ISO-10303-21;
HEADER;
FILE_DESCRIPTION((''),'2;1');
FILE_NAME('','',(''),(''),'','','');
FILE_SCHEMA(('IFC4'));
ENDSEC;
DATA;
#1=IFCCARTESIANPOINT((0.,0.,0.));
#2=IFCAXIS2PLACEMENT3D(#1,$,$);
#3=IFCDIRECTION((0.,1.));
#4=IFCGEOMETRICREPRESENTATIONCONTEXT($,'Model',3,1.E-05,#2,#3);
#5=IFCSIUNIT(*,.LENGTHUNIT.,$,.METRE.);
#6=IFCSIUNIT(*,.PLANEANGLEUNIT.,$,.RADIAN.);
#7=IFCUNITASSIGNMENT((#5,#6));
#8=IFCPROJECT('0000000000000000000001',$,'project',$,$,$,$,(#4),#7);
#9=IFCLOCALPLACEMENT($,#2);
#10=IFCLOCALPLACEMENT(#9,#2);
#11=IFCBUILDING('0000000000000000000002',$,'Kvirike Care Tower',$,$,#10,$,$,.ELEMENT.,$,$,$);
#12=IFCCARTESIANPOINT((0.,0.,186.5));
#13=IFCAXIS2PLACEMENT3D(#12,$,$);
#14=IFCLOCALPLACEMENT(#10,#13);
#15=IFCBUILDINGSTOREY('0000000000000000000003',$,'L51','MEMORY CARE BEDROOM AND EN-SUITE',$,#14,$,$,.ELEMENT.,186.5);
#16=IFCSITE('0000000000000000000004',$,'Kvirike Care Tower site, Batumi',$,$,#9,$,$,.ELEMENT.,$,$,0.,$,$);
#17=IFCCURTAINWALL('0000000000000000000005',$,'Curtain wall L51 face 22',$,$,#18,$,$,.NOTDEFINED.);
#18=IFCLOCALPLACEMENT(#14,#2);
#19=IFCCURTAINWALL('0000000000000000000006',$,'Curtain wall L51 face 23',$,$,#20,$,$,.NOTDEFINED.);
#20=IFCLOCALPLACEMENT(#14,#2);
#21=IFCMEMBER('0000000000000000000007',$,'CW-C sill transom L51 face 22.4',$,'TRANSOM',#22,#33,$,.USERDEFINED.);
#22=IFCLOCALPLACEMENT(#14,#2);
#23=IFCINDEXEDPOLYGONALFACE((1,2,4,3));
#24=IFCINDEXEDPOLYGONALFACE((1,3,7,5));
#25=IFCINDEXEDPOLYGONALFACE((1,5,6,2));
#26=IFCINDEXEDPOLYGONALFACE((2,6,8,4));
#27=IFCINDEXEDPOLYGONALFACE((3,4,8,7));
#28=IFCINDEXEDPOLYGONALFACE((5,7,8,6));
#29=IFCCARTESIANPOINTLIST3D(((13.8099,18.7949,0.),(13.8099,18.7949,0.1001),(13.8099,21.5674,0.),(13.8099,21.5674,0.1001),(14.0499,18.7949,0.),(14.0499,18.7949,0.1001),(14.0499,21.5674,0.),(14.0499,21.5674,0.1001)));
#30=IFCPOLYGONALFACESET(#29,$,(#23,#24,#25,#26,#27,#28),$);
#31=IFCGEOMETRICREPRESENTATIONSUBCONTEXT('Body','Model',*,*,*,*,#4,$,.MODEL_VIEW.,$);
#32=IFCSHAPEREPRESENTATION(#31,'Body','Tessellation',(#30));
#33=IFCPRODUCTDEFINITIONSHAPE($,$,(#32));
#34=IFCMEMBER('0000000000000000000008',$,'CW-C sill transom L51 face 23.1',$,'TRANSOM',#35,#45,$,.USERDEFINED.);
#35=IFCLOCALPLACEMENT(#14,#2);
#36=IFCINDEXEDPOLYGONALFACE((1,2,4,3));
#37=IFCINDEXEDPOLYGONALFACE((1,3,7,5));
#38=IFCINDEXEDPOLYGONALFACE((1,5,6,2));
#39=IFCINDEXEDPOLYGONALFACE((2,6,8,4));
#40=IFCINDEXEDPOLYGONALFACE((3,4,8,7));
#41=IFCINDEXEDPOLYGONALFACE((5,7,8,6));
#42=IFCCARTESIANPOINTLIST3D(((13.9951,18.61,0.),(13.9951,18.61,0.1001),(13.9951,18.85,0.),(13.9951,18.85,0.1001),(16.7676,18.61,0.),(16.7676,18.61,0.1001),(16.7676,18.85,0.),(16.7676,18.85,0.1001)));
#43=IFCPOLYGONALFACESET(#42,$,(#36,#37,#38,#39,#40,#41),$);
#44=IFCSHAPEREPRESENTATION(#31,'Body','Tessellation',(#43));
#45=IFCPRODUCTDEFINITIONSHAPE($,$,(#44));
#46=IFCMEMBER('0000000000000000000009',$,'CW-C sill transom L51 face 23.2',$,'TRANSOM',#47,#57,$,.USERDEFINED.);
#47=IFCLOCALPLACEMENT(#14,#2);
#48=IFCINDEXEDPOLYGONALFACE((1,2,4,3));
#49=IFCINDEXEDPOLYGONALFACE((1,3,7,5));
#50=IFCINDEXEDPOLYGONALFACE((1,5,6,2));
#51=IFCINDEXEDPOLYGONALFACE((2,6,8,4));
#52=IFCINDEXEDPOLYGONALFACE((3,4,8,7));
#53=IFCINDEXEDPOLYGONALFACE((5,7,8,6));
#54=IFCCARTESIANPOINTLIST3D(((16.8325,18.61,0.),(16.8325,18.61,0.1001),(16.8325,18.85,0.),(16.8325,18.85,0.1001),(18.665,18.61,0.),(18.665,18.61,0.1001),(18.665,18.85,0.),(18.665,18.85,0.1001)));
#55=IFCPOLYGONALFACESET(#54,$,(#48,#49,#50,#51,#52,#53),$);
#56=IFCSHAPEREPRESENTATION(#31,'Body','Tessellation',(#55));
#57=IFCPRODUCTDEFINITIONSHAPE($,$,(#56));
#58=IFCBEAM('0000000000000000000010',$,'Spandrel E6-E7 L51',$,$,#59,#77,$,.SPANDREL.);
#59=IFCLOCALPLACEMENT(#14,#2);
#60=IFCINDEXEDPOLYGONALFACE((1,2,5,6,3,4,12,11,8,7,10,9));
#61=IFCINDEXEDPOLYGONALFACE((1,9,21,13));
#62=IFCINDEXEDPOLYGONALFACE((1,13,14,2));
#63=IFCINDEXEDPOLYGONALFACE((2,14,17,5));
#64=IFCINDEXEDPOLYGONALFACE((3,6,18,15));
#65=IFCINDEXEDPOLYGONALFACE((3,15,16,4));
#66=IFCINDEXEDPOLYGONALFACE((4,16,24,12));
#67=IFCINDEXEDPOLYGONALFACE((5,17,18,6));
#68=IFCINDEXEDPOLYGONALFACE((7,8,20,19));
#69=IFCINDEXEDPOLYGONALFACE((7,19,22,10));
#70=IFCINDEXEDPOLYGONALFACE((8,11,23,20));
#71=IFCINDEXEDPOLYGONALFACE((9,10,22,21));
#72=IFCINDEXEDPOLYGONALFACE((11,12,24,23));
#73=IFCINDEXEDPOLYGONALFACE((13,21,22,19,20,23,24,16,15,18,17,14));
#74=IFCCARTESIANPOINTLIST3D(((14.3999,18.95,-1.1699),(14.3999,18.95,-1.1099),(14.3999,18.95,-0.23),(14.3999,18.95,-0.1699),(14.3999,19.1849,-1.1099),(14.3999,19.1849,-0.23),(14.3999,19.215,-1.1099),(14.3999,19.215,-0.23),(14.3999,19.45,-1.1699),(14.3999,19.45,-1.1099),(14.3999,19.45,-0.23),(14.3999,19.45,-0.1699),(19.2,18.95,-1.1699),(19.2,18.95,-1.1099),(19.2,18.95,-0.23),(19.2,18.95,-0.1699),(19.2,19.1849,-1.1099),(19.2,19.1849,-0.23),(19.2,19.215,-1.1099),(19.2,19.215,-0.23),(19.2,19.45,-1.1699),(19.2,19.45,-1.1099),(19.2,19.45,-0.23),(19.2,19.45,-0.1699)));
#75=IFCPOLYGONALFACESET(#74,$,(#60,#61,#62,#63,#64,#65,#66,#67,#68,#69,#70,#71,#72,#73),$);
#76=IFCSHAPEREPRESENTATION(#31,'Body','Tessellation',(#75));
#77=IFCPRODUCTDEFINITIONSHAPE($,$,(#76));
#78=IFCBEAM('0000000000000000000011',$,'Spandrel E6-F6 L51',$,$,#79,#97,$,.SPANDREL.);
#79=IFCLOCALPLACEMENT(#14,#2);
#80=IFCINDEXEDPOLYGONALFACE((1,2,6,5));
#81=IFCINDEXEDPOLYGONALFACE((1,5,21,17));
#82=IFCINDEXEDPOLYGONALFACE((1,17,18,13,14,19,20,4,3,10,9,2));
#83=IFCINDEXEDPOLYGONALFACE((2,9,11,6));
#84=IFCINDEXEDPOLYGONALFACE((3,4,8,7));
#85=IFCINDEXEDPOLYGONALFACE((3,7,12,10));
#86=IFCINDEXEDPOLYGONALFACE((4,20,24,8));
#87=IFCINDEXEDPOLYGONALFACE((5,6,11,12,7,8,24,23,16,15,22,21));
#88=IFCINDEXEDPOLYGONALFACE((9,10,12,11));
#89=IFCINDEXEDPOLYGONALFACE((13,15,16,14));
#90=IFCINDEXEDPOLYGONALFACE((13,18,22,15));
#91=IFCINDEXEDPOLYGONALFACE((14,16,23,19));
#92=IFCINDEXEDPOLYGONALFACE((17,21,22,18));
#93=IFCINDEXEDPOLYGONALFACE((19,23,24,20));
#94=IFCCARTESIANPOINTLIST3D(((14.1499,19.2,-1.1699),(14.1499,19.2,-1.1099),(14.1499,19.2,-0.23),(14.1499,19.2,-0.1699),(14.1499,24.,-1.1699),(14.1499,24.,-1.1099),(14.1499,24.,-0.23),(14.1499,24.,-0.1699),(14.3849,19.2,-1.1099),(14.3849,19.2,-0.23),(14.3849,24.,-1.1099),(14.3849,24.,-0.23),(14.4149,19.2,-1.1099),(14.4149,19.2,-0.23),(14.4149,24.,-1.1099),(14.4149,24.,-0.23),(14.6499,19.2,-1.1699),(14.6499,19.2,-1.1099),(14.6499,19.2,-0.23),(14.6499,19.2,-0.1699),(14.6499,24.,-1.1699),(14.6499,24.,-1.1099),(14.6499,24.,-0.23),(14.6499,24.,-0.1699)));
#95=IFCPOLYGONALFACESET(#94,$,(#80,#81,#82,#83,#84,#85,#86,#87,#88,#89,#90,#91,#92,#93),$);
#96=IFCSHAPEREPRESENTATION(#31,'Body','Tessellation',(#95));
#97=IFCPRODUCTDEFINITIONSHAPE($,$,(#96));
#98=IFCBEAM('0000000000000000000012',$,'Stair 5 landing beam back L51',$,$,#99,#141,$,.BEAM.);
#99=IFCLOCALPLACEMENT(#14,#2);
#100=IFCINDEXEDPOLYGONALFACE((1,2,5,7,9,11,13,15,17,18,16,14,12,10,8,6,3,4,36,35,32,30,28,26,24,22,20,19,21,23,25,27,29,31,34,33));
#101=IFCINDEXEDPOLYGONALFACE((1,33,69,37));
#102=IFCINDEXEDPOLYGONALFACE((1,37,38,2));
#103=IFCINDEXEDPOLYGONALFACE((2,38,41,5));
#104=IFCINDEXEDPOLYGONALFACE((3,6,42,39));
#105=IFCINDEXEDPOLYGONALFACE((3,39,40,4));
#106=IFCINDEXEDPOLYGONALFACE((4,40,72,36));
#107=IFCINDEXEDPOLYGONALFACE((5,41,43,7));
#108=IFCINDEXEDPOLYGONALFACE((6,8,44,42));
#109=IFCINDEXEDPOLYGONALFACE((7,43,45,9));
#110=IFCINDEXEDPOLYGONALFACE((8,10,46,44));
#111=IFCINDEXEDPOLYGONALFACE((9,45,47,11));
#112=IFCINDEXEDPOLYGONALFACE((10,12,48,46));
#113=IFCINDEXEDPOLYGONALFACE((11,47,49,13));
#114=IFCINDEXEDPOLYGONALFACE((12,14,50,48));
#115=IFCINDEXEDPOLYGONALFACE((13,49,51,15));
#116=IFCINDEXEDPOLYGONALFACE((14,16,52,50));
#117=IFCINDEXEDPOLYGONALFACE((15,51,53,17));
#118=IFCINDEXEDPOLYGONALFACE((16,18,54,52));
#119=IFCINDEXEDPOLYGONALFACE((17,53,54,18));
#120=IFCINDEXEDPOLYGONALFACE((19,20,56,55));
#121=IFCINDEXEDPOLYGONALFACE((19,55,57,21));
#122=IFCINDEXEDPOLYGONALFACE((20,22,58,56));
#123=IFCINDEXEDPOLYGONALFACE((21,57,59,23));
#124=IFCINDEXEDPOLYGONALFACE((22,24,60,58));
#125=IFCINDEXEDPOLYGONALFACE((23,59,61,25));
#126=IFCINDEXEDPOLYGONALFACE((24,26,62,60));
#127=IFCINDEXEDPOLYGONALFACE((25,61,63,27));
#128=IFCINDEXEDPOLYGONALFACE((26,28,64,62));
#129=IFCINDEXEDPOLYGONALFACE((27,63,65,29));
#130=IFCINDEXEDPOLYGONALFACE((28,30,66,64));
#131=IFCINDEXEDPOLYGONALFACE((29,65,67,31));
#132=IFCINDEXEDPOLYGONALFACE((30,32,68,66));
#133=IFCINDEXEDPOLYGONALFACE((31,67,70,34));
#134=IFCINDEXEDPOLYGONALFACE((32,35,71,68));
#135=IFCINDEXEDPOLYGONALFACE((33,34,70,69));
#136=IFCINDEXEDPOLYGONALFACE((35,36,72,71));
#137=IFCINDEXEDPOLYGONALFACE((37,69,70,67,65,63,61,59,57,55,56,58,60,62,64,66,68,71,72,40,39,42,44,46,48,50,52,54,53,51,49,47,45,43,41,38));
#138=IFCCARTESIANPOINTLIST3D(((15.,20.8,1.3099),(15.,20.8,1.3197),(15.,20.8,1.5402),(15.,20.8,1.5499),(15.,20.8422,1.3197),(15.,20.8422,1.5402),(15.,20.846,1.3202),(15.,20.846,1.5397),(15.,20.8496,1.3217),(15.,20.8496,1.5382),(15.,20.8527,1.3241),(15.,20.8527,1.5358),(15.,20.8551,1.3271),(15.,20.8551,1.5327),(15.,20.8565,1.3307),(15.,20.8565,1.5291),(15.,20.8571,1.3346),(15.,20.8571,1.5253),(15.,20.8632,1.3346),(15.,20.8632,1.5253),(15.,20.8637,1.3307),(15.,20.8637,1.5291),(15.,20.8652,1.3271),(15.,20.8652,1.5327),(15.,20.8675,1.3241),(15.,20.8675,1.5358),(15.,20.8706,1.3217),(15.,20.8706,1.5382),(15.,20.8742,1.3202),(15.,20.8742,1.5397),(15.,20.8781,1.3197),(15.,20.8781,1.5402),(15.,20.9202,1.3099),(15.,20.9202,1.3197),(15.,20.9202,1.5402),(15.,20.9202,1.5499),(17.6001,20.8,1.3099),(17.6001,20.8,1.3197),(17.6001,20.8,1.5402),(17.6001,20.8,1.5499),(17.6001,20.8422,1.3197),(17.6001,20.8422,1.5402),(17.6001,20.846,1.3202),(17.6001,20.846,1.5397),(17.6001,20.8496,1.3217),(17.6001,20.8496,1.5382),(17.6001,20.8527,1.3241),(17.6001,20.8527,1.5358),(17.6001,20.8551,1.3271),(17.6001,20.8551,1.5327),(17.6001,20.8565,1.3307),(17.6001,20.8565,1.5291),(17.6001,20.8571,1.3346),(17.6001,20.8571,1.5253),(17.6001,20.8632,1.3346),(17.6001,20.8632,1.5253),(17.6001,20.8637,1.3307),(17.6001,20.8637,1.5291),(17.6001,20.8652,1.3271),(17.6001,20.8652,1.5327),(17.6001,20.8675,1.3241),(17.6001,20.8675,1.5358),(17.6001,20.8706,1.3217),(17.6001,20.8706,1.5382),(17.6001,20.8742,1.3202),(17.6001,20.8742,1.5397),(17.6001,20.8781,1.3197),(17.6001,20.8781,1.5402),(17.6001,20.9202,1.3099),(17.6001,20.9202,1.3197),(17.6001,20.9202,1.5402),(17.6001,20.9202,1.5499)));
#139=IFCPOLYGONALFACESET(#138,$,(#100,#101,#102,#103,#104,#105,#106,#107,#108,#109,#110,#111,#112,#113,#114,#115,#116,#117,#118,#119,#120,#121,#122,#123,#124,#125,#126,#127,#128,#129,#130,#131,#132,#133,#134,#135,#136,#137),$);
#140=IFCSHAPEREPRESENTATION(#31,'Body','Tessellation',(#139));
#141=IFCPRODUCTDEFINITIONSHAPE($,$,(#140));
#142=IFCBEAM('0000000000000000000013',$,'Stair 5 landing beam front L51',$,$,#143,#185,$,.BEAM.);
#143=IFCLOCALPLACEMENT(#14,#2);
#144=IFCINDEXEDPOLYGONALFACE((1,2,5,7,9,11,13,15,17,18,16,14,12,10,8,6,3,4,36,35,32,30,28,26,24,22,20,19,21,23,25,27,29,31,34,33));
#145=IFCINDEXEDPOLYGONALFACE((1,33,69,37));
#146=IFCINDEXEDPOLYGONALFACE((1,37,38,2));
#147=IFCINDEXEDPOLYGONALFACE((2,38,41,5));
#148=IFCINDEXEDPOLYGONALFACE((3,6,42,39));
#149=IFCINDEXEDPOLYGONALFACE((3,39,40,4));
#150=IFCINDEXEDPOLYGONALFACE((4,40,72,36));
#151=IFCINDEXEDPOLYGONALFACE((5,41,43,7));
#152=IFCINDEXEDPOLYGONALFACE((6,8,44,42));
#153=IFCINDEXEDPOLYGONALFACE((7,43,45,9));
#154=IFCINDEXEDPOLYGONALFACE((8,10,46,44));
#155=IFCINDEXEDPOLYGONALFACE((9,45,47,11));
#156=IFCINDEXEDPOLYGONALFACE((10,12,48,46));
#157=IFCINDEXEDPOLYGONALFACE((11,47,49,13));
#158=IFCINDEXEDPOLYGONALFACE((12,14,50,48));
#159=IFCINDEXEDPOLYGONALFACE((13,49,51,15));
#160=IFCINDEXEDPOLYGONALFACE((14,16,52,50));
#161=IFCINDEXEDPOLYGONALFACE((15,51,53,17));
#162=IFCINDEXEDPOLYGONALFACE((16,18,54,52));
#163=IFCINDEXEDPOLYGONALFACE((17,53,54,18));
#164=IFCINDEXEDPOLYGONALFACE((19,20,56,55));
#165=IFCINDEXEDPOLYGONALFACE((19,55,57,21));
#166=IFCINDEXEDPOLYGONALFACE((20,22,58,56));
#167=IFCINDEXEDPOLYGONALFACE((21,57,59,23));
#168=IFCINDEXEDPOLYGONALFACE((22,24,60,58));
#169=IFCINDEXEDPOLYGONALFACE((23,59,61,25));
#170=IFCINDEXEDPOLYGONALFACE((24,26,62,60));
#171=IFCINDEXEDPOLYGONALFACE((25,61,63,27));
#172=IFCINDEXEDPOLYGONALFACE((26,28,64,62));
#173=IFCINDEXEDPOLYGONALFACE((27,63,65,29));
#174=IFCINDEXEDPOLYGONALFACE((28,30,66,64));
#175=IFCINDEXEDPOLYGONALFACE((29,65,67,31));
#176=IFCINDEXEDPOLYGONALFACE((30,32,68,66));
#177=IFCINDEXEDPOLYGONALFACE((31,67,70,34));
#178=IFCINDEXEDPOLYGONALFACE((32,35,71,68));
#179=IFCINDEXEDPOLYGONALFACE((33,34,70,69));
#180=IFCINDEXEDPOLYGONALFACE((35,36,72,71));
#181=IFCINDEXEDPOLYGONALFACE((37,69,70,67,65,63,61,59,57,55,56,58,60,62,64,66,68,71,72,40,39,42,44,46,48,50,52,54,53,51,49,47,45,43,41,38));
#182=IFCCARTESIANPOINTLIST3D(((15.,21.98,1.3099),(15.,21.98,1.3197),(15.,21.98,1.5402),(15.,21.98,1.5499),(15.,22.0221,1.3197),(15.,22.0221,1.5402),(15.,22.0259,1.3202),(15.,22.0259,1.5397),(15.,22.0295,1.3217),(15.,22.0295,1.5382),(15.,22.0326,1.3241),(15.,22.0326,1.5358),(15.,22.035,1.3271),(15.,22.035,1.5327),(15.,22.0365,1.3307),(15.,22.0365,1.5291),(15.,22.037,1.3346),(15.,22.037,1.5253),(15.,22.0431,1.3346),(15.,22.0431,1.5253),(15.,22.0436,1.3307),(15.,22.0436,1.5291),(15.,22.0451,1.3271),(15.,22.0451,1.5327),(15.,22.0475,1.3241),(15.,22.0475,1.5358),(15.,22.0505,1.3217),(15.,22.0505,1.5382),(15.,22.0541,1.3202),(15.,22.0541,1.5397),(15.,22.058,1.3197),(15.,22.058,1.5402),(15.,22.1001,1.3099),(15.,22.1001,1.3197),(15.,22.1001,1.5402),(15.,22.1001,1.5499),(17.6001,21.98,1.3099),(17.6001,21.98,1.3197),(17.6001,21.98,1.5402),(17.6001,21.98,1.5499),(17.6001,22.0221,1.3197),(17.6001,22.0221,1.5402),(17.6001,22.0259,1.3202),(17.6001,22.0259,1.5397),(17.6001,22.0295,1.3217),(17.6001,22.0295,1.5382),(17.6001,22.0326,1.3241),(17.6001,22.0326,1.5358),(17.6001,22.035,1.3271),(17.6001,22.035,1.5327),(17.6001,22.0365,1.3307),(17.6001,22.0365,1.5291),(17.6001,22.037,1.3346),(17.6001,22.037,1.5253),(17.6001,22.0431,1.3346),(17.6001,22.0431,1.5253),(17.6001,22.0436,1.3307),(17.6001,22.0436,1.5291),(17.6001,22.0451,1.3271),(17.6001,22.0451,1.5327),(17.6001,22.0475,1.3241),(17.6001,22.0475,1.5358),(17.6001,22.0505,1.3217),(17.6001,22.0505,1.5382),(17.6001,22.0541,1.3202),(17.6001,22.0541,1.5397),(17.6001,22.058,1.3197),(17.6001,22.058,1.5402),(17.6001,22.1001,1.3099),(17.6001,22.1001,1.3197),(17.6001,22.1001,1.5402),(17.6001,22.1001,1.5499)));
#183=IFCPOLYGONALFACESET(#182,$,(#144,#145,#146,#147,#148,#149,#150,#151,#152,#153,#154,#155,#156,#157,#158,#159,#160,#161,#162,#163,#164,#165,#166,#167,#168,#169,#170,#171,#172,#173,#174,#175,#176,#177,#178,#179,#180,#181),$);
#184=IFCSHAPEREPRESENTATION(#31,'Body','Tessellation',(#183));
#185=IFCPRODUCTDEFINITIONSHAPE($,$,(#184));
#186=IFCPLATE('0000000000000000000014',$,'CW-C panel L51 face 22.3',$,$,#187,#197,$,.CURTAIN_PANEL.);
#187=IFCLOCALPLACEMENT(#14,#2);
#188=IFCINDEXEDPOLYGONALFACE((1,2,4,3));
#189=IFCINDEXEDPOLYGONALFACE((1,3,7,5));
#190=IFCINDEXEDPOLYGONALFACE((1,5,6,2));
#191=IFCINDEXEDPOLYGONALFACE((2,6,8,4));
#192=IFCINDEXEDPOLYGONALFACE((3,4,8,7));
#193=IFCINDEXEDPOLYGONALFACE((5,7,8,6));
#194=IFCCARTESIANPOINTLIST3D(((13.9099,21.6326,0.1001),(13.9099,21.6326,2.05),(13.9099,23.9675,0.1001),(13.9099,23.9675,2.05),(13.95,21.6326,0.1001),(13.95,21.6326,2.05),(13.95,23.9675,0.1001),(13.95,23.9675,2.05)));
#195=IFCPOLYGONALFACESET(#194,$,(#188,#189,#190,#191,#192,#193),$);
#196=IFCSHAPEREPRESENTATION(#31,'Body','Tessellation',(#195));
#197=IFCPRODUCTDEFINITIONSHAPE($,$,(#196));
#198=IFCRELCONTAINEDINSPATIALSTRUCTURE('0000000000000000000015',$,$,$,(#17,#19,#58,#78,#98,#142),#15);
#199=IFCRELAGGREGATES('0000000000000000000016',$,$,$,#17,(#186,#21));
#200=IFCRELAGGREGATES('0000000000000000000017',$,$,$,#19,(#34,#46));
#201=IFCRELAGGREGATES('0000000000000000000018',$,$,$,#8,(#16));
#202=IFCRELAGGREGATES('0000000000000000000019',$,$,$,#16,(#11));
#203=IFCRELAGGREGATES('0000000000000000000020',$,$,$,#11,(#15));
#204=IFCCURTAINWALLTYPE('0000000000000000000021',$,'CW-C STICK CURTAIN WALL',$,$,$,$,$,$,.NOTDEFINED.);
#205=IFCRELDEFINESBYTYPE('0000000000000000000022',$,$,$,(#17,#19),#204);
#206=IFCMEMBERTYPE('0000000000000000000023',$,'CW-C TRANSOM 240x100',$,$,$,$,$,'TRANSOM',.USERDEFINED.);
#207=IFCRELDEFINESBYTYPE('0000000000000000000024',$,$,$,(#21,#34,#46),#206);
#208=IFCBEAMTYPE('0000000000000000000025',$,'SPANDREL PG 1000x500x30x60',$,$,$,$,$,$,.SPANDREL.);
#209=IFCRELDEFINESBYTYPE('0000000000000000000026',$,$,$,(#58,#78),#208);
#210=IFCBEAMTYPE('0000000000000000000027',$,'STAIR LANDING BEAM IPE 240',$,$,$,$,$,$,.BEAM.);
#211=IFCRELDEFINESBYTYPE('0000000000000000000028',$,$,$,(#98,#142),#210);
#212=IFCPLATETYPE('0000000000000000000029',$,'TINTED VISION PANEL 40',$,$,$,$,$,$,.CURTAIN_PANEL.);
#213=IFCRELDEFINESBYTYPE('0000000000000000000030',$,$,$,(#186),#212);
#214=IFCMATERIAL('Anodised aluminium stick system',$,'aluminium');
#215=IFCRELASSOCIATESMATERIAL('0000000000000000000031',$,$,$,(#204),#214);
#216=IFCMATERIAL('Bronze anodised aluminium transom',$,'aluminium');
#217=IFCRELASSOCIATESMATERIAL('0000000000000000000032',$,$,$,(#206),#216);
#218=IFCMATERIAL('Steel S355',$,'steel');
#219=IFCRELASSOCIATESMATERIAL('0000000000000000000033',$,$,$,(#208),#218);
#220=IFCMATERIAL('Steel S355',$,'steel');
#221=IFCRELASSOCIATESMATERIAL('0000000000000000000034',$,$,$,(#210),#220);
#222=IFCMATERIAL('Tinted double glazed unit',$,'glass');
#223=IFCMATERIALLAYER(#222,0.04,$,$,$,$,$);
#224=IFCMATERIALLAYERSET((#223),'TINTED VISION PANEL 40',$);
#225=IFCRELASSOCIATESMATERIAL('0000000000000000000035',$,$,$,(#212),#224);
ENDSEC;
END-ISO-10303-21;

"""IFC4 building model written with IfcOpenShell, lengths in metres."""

from ifc_helpers import new_model, si_unit, direction, frame, origin, origin_2d, place, context, subcontext, project, spatial, rectangle, i_section, extrude, material, layer, layer_set, material_profile, profile_set, type_object, element, aggregate, save


model = new_model("IFC4")

# Units and contexts
model_context = context("Model", 3, precision=1e-05, world=origin(), true_north=direction((0.0, 1.0)))
body_context = subcontext(model_context, "Body", "Model", "MODEL_VIEW")
ifc_project = project(units=[si_unit("LENGTHUNIT", "METRE"), si_unit("PLANEANGLEUNIT", "RADIAN")], contexts=[model_context])

# Site, building, storey
site_placement = place(None, origin())
site = spatial("IfcSite", under=ifc_project, at=site_placement, Name="Kvirike Care Tower site, Batumi", CompositionType="ELEMENT", RefElevation=0.0)
building_placement = place(site_placement, origin())
building = spatial("IfcBuilding", under=site, at=building_placement, Name="Kvirike Care Tower", CompositionType="ELEMENT")
storey_placement = place(building_placement, frame((0.0, 0.0, 186.5)))
storey = spatial("IfcBuildingStorey", under=building, at=storey_placement, Name="L51", Description="MEMORY CARE BEDROOM AND EN-SUITE", CompositionType="ELEMENT", Elevation=186.5)

# Curtain walls
ifc_material_1 = material(Name="Anodised aluminium stick system", Category="aluminium")
curtain_wall_type = type_object("IfcCurtainWallType", Name="CW-C STICK CURTAIN WALL", PredefinedType="NOTDEFINED", material=ifc_material_1)
curtain_wall_1_placement = place(storey_placement, origin())
curtain_wall_1 = element("IfcCurtainWall", 1, at=curtain_wall_1_placement, inside=storey, type_object=curtain_wall_type, Name="Curtain wall L51 face 22", PredefinedType="NOTDEFINED")
curtain_wall_2_placement = place(storey_placement, origin())
curtain_wall_2 = element("IfcCurtainWall", 2, at=curtain_wall_2_placement, inside=storey, type_object=curtain_wall_type, Name="Curtain wall L51 face 23", PredefinedType="NOTDEFINED")

# Members
ifc_material_2 = material(Name="Bronze anodised aluminium transom", Category="aluminium")
ifc_material_profile_1 = material_profile(ifc_material_2, rectangle(XDim=0.24, YDim=0.1001, at=origin_2d()), Name="CW-C TRANSOM 240x100")
ifc_profile_set_1 = profile_set([ifc_material_profile_1], Name="Bronze anodised aluminium transom")
member_type_1 = type_object("IfcMemberType", Name="CW-C TRANSOM 240x100", ElementType="TRANSOM", PredefinedType="USERDEFINED", material=ifc_profile_set_1)
member_1_placement = place(storey_placement, frame((13.9299, 21.5674, 0.05), z_axis=(0.0, -1.0, 0.0), x_axis=(1.0, 0.0, 0.0)))
member_1 = element("IfcMember", 3, at=member_1_placement, type_object=member_type_1, Name="CW-C sill transom L51 face 22.4", ObjectType="TRANSOM", PredefinedType="USERDEFINED", context=body_context, shape_type="SweptSolid", body=[
    extrude(rectangle(XDim=0.24, YDim=0.1001, at=origin_2d()), origin(), (0.0, 0.0, 1.0), 2.7725),
])
member_2_placement = place(storey_placement, frame((13.9951, 18.73, 0.05), z_axis=(1.0, 0.0, 0.0), x_axis=(0.0, 1.0, 0.0)))
member_2 = element("IfcMember", 4, at=member_2_placement, type_object=member_type_1, Name="CW-C sill transom L51 face 23.1", ObjectType="TRANSOM", PredefinedType="USERDEFINED", context=body_context, shape_type="SweptSolid", body=[
    extrude(rectangle(XDim=0.24, YDim=0.1001, at=origin_2d()), origin(), (0.0, 0.0, 1.0), 2.7725),
])
member_3_placement = place(storey_placement, frame((16.8325, 18.73, 0.05), z_axis=(1.0, 0.0, 0.0), x_axis=(0.0, 1.0, 0.0)))
member_3 = element("IfcMember", 5, at=member_3_placement, type_object=member_type_1, Name="CW-C sill transom L51 face 23.2", ObjectType="TRANSOM", PredefinedType="USERDEFINED", context=body_context, shape_type="SweptSolid", body=[
    extrude(rectangle(XDim=0.24, YDim=0.1001, at=origin_2d()), origin(), (0.0, 0.0, 1.0), 1.8325),
])

# Beams
ifc_material_3 = material(Name="Steel S355", Category="steel")
ifc_material_profile_2 = material_profile(ifc_material_3, i_section(OverallWidth=0.5, OverallDepth=1.0, WebThickness=0.03, FlangeThickness=0.0601, at=origin_2d()), Name="PG 1000x500x30x60")
ifc_profile_set_2 = profile_set([ifc_material_profile_2], Name="Steel S355")
beam_type_1 = type_object("IfcBeamType", Name="SPANDREL PG 1000x500x30x60", PredefinedType="SPANDREL", material=ifc_profile_set_2)
for number, where, z_axis, x_axis, name in (
    (6, (14.3999, 19.2, -0.6699), (1.0, 0.0, 0.0), (0.0, 1.0, 0.0), "Spandrel E6-E7 L51"),
    (7, (14.3999, 19.2, -0.6699), (0.0, 1.0, 0.0), (-1.0, 0.0, 0.0), "Spandrel E6-F6 L51"),
):
    element("IfcBeam", number, at=place(storey_placement, frame(where, z_axis=z_axis, x_axis=x_axis)), inside=storey, type_object=beam_type_1, Name=name, PredefinedType="SPANDREL", context=body_context, shape_type="SweptSolid", body=[
        extrude(i_section(OverallWidth=0.5, OverallDepth=1.0, WebThickness=0.03, FlangeThickness=0.0601, at=origin_2d()), origin(), (0.0, 0.0, 1.0), 4.8),
    ])
ifc_material_4 = material(Name="Steel S355", Category="steel")
ifc_material_profile_3 = material_profile(ifc_material_4, i_section(OverallWidth=0.1201, OverallDepth=0.24, WebThickness=0.0061, FlangeThickness=0.0098, FilletRadius=0.0149, at=origin_2d()), Name="IPE 240")
ifc_profile_set_3 = profile_set([ifc_material_profile_3], Name="Steel S355")
beam_type_2 = type_object("IfcBeamType", Name="STAIR LANDING BEAM IPE 240", PredefinedType="BEAM", material=ifc_profile_set_3)
for number, where, z_axis, x_axis, name in (
    (8, (15.0, 20.8601, 1.4299), (1.0, 0.0, 0.0), (0.0, 1.0, 0.0), "Stair 5 landing beam back L51"),
    (9, (15.0, 22.04, 1.4299), (1.0, 0.0, 0.0), (0.0, 1.0, 0.0), "Stair 5 landing beam front L51"),
):
    element("IfcBeam", number, at=place(storey_placement, frame(where, z_axis=z_axis, x_axis=x_axis)), inside=storey, type_object=beam_type_2, Name=name, PredefinedType="BEAM", context=body_context, shape_type="SweptSolid", body=[
        extrude(i_section(OverallWidth=0.1201, OverallDepth=0.24, WebThickness=0.0061, FlangeThickness=0.0098, FilletRadius=0.0149, at=origin_2d()), origin(), (0.0, 0.0, 1.0), 2.6001),
    ])

# Plate
ifc_material_5 = material(Name="Tinted double glazed unit", Category="glass")
ifc_layer_1 = layer(ifc_material_5, 0.04)
ifc_layer_set_1 = layer_set([ifc_layer_1], Name="TINTED VISION PANEL 40")
plate_type = type_object("IfcPlateType", Name="TINTED VISION PANEL 40", PredefinedType="CURTAIN_PANEL", material=ifc_layer_set_1)
plate_1_placement = place(storey_placement, frame((13.9299, 22.8, 0.1001), z_axis=(0.0, 0.0, 1.0), x_axis=(0.0, -1.0, 0.0)))
plate_1 = element("IfcPlate", 10, at=plate_1_placement, type_object=plate_type, Name="CW-C panel L51 face 22.3", PredefinedType="CURTAIN_PANEL", context=body_context, shape_type="SweptSolid", body=[
    extrude(rectangle(XDim=2.335, YDim=0.04, at=origin_2d()), origin(), (0.0, 0.0, 1.0), 1.95),
])
aggregate(curtain_wall_1, [plate_1, member_1])
aggregate(curtain_wall_2, [member_2, member_3])

save(model, "model.ifc")
